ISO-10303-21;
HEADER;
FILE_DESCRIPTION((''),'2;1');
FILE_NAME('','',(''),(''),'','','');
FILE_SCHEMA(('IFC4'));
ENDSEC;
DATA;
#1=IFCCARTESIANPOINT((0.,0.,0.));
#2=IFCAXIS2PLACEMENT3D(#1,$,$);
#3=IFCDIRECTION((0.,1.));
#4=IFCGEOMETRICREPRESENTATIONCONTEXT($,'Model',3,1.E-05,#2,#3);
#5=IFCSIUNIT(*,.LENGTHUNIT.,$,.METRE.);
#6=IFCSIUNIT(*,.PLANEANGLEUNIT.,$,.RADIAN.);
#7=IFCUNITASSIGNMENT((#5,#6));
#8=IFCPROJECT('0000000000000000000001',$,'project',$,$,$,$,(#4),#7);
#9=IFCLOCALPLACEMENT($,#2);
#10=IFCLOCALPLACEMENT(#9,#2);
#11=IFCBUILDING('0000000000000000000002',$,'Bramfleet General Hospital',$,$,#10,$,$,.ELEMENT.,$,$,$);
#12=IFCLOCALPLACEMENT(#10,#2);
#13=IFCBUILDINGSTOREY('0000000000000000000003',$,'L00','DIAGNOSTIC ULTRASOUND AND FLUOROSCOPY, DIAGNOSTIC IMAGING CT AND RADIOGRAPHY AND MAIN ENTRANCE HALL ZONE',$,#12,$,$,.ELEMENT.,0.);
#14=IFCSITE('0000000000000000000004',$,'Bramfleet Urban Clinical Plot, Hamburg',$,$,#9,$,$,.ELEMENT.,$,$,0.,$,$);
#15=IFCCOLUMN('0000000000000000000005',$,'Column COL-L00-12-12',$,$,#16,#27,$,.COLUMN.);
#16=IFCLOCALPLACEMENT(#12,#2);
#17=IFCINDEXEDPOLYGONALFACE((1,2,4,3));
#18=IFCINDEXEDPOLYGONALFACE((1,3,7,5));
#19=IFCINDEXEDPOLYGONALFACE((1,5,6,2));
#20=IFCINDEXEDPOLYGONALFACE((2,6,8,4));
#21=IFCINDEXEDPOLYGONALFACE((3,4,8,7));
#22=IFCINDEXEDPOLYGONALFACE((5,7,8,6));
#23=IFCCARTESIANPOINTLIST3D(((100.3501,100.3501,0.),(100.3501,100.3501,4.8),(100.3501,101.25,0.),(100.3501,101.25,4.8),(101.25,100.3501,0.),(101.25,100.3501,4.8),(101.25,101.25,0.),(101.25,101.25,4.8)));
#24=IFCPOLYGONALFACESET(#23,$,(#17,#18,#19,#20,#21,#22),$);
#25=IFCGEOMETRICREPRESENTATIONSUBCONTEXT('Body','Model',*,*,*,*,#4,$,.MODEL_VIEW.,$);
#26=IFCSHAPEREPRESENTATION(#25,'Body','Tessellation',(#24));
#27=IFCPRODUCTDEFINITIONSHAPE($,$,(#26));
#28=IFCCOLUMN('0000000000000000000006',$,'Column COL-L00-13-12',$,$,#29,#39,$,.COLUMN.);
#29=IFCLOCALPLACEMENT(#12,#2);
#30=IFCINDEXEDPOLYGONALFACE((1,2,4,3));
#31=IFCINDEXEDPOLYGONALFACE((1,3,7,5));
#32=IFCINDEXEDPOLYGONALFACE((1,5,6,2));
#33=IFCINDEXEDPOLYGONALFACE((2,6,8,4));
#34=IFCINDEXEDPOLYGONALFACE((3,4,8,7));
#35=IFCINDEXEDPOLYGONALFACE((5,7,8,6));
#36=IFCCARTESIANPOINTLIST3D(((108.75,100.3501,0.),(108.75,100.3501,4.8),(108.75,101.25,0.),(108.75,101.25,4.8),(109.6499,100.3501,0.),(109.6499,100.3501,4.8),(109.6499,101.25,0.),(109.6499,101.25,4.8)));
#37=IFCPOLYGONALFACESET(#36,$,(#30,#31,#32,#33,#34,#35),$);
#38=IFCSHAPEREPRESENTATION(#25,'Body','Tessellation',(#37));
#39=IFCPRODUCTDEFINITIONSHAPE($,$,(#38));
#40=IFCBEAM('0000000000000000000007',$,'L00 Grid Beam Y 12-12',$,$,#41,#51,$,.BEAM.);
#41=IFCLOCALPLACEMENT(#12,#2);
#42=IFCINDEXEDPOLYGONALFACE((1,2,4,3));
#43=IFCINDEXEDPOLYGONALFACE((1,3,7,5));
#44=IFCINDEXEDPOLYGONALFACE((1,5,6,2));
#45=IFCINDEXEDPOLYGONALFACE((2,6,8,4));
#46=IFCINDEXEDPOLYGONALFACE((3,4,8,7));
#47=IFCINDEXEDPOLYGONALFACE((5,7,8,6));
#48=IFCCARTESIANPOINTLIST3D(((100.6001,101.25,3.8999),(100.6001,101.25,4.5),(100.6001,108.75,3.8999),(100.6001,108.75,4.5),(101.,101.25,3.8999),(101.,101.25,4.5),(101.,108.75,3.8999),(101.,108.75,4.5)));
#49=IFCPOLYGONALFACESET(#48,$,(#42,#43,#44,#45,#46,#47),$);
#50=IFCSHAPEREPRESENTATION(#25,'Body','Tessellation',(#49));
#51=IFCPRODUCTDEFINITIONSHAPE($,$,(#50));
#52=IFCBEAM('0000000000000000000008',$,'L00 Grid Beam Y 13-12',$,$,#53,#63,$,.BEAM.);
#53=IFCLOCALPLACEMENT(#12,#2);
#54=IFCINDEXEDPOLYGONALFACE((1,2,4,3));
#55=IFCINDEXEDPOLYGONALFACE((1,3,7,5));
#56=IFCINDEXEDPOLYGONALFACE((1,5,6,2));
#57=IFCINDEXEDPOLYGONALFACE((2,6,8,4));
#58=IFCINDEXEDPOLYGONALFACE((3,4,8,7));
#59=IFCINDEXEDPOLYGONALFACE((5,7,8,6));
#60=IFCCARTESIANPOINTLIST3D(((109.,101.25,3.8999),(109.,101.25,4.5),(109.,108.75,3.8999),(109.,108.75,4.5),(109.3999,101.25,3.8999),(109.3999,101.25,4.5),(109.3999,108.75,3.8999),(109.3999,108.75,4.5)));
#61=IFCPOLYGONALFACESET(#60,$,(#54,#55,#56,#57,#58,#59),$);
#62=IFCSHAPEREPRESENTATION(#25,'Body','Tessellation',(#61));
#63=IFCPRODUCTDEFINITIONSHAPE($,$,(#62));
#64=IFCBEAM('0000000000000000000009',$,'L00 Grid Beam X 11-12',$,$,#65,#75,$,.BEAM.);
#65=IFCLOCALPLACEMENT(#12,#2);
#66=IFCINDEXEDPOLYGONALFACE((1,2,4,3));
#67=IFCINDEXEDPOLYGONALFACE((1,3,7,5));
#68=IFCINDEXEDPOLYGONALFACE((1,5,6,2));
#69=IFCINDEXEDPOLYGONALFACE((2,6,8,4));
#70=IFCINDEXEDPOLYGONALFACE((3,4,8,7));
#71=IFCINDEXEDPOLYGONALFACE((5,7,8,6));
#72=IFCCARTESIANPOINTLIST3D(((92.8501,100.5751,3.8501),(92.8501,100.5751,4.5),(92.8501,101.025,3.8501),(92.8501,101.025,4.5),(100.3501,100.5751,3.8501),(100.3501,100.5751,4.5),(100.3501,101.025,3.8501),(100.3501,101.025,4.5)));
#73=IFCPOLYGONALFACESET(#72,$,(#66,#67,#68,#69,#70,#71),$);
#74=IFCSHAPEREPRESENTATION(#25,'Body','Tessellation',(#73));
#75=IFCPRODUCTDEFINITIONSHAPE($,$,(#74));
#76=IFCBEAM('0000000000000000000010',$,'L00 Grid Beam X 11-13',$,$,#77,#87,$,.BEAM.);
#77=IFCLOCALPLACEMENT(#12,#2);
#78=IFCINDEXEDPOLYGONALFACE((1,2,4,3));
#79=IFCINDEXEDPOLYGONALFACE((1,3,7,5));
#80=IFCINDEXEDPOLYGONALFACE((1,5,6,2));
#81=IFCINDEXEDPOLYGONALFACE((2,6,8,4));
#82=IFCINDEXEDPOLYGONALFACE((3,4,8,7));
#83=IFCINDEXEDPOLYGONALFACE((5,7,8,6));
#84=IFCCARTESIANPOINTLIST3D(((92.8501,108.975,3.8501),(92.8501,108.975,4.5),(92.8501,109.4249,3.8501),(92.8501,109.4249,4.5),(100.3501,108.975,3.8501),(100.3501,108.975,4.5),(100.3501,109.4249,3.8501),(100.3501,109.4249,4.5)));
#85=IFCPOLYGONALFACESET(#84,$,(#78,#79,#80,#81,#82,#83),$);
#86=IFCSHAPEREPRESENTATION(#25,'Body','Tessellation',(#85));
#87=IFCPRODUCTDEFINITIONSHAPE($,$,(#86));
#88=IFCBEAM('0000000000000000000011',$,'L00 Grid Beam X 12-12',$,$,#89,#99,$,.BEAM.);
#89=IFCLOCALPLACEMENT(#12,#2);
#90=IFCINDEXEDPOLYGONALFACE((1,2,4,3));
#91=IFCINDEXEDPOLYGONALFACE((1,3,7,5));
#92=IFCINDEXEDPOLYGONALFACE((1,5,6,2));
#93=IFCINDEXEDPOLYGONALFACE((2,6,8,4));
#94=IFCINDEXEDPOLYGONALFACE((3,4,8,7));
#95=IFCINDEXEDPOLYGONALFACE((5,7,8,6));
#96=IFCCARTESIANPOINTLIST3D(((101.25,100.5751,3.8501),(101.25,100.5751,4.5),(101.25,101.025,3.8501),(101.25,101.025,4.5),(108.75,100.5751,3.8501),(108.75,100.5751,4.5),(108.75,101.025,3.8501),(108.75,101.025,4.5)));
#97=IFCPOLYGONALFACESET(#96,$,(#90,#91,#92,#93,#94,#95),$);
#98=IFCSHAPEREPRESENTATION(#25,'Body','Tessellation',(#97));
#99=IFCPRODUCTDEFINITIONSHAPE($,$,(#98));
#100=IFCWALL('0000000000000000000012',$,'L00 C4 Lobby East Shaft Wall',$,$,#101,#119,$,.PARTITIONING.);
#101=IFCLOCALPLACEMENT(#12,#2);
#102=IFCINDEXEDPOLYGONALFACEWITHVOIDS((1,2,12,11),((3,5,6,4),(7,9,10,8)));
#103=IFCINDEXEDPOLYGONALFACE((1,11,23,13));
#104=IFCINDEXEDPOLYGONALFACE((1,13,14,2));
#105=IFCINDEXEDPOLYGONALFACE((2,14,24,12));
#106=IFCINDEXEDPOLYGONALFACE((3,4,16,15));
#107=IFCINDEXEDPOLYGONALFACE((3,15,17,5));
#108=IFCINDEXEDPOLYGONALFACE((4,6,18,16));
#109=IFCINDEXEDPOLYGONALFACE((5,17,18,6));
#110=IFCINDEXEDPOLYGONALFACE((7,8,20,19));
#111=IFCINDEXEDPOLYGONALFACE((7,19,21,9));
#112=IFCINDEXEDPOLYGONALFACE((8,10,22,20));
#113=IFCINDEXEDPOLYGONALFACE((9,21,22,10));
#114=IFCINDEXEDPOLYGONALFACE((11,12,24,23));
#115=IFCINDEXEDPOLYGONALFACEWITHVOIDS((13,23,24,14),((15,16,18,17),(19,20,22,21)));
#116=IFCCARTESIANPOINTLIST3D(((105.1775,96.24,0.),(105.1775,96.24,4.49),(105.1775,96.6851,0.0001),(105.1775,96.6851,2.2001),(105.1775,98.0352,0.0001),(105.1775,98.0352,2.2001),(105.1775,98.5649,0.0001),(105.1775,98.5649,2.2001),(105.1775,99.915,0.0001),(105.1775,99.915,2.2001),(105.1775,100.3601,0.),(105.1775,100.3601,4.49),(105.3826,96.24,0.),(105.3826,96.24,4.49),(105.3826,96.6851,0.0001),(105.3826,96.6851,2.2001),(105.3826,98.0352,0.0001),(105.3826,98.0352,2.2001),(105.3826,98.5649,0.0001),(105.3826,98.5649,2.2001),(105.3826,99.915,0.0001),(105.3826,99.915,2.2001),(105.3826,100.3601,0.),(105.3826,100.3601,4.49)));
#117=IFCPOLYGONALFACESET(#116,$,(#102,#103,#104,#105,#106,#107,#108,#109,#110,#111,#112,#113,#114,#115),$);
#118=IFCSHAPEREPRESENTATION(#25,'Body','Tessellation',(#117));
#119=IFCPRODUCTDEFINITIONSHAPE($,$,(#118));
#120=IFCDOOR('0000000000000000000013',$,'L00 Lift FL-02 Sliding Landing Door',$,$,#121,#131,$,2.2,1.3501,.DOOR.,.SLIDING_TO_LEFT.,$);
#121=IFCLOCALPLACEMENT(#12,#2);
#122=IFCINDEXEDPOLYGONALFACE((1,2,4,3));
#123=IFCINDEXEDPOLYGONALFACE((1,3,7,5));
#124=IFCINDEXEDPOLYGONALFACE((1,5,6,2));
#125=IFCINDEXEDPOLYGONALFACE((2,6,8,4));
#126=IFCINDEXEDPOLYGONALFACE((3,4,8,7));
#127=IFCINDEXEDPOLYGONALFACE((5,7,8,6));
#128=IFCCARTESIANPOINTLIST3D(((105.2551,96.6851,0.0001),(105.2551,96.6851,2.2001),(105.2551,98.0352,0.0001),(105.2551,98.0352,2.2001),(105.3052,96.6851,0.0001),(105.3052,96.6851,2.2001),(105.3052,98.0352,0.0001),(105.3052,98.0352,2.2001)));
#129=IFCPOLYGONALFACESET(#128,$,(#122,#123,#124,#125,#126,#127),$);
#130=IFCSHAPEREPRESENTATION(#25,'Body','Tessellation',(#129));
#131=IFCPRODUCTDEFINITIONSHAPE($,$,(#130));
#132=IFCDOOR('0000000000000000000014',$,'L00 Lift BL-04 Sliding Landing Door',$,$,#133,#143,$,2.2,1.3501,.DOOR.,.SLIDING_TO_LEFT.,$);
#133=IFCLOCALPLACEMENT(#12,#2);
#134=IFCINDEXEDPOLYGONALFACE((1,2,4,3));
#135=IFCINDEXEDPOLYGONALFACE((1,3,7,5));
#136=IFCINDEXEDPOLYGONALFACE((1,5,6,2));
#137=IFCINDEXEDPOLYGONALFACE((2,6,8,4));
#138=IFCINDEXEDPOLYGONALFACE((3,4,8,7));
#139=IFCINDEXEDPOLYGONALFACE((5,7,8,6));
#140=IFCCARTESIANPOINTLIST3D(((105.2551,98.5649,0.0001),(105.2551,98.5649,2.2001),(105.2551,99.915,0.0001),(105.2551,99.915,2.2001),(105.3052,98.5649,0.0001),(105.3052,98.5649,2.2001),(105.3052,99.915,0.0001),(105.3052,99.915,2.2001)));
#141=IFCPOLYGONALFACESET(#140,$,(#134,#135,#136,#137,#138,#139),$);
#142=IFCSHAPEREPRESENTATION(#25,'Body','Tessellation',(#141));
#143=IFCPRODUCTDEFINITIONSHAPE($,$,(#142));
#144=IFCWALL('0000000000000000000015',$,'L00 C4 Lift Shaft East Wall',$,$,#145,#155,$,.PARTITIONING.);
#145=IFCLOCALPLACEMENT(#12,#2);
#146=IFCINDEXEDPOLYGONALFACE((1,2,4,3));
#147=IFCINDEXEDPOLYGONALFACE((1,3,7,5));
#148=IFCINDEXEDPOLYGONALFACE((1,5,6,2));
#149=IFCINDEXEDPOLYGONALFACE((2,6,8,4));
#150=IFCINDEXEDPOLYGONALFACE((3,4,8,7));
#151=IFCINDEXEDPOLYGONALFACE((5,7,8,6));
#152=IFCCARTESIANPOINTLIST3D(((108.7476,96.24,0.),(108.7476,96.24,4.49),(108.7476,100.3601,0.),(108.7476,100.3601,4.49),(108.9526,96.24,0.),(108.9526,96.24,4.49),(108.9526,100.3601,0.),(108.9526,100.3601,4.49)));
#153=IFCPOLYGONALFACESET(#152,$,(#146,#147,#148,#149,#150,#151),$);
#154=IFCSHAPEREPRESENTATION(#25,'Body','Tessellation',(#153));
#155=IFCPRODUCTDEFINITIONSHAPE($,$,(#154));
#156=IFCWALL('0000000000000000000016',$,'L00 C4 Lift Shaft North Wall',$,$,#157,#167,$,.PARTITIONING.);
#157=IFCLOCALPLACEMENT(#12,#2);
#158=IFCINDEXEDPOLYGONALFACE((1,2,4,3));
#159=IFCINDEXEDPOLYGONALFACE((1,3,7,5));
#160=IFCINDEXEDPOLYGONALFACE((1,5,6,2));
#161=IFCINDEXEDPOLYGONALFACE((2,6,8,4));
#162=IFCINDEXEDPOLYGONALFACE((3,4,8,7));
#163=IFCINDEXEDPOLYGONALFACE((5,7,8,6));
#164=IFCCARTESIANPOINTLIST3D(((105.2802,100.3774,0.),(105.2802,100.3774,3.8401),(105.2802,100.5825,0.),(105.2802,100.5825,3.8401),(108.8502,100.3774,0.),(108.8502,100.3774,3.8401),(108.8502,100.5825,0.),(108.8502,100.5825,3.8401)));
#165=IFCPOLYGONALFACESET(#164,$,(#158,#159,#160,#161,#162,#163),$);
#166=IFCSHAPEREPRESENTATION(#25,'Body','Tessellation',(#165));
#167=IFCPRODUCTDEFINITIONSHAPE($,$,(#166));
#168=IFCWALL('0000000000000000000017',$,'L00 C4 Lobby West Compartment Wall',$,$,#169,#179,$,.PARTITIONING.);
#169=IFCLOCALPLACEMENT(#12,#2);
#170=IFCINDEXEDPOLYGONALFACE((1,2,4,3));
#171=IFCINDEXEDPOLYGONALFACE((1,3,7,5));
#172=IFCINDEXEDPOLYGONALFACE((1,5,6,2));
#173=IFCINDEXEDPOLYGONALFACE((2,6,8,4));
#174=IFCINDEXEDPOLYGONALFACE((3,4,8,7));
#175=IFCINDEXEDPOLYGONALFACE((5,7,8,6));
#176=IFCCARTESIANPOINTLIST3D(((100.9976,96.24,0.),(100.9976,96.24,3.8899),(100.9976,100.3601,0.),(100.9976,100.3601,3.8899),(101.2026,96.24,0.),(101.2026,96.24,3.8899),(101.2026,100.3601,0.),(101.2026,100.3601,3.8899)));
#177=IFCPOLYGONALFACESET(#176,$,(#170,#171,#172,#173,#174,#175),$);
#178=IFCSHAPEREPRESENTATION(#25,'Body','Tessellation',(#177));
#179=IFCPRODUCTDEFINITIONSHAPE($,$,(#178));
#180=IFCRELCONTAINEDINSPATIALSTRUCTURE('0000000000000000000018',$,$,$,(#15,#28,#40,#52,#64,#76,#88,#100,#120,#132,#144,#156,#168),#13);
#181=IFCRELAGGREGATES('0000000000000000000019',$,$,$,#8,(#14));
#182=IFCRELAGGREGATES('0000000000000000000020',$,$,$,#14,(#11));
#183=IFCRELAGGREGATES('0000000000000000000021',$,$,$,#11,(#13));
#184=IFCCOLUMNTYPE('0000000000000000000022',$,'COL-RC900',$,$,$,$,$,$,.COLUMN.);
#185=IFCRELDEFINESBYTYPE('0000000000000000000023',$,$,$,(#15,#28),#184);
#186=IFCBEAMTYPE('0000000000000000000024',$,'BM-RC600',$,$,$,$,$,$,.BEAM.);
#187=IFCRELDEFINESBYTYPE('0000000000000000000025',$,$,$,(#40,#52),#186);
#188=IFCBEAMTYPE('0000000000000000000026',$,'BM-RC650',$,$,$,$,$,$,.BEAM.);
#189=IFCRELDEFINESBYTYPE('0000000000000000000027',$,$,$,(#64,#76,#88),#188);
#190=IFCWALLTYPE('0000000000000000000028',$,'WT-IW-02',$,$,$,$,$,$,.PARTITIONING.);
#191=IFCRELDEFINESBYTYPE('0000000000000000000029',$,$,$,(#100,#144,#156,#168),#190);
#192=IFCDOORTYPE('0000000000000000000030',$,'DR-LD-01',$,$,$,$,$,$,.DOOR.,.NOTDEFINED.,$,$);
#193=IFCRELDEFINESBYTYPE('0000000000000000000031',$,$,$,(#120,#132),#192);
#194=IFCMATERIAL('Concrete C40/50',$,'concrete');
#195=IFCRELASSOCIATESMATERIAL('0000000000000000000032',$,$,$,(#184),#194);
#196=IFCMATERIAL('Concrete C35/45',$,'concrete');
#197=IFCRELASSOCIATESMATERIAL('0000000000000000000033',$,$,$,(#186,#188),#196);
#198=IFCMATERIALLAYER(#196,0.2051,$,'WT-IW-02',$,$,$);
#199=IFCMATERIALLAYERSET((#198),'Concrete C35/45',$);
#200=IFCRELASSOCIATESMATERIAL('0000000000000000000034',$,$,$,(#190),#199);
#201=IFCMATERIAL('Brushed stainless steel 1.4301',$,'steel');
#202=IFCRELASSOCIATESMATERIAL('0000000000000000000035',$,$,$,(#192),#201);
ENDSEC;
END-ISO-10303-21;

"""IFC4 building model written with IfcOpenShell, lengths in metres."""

from ifc_helpers import new_model, si_unit, direction, frame, frame_2d, origin, origin_2d, place, context, subcontext, project, spatial, rectangle, extrude, material, layer, layer_set, material_profile, profile_set, type_object, element, fill, save


model = new_model("IFC4")

# Units and contexts
model_context = context("Model", 3, precision=1e-05, world=origin(), true_north=direction((0.0, 1.0)))
body_context = subcontext(model_context, "Body", "Model", "MODEL_VIEW")
ifc_project = project(units=[si_unit("LENGTHUNIT", "METRE"), si_unit("PLANEANGLEUNIT", "RADIAN")], contexts=[model_context])

# Site, building, storey
site_placement = place(None, origin())
site = spatial("IfcSite", under=ifc_project, at=site_placement, Name="Bramfleet Urban Clinical Plot, Hamburg", CompositionType="ELEMENT", RefElevation=0.0)
building_placement = place(site_placement, origin())
building = spatial("IfcBuilding", under=site, at=building_placement, Name="Bramfleet General Hospital", CompositionType="ELEMENT")
storey_placement = place(building_placement, origin())
storey = spatial("IfcBuildingStorey", under=building, at=storey_placement, Name="L00", Description="DIAGNOSTIC ULTRASOUND AND FLUOROSCOPY, DIAGNOSTIC IMAGING CT AND RADIOGRAPHY AND MAIN ENTRANCE HALL ZONE", CompositionType="ELEMENT", Elevation=0.0)

# Columns
ifc_material_1 = material(Name="Concrete C40/50", Category="concrete")
ifc_material_profile_1 = material_profile(ifc_material_1, rectangle(XDim=0.8999, YDim=0.8999, at=origin_2d()), Name="RC COL 900x900")
ifc_profile_set_1 = profile_set([ifc_material_profile_1], Name="Concrete C40/50")
column_type = type_object("IfcColumnType", Name="COL-RC900", PredefinedType="COLUMN", material=ifc_profile_set_1)
for number, where, z_axis, x_axis, name in (
    (1, (100.8, 100.8, 0.0), (0.0, 0.0, 1.0), (1.0, 0.0, 0.0), "Column COL-L00-12-12"),
    (2, (109.2, 100.8, 0.0), (0.0, 0.0, 1.0), (1.0, 0.0, 0.0), "Column COL-L00-13-12"),
):
    element("IfcColumn", number, at=place(storey_placement, frame(where, z_axis=z_axis, x_axis=x_axis)), inside=storey, type_object=column_type, Name=name, PredefinedType="COLUMN", context=body_context, shape_type="SweptSolid", body=[
        extrude(rectangle(XDim=0.8999, YDim=0.8999, at=origin_2d()), origin(), (0.0, 0.0, 1.0), 4.8),
    ])

# Beams
ifc_material_2 = material(Name="Concrete C35/45", Category="concrete")
ifc_material_profile_2 = material_profile(ifc_material_2, rectangle(XDim=0.3999, YDim=0.6001, at=origin_2d()), Name="RC BM 600x400")
ifc_profile_set_2 = profile_set([ifc_material_profile_2], Name="Concrete C35/45")
beam_type_1 = type_object("IfcBeamType", Name="BM-RC600", PredefinedType="BEAM", material=ifc_profile_set_2)
for number, where, z_axis, x_axis, name in (
    (3, (100.8, 101.25, 4.2), (0.0, 1.0, 0.0), (-1.0, 0.0, 0.0), "L00 Grid Beam Y 12-12"),
    (4, (109.2, 101.25, 4.2), (0.0, 1.0, 0.0), (-1.0, 0.0, 0.0), "L00 Grid Beam Y 13-12"),
):
    element("IfcBeam", number, at=place(storey_placement, frame(where, z_axis=z_axis, x_axis=x_axis)), inside=storey, type_object=beam_type_1, Name=name, PredefinedType="BEAM", context=body_context, shape_type="SweptSolid", body=[
        extrude(rectangle(XDim=0.3999, YDim=0.6001, at=origin_2d()), origin(), (0.0, 0.0, 1.0), 7.5),
    ])
ifc_material_profile_3 = material_profile(ifc_material_2, rectangle(XDim=0.45, YDim=0.6499, at=origin_2d()), Name="RC BM 650x450")
ifc_profile_set_3 = profile_set([ifc_material_profile_3], Name="Concrete C35/45")
beam_type_2 = type_object("IfcBeamType", Name="BM-RC650", PredefinedType="BEAM", material=ifc_profile_set_3)
for number, where, z_axis, x_axis, name in (
    (5, (92.8501, 100.8, 4.175), (1.0, 0.0, 0.0), (0.0, 1.0, 0.0), "L00 Grid Beam X 11-12"),
    (6, (92.8501, 109.2, 4.175), (1.0, 0.0, 0.0), (0.0, 1.0, 0.0), "L00 Grid Beam X 11-13"),
    (7, (101.25, 100.8, 4.175), (1.0, 0.0, 0.0), (0.0, 1.0, 0.0), "L00 Grid Beam X 12-12"),
):
    element("IfcBeam", number, at=place(storey_placement, frame(where, z_axis=z_axis, x_axis=x_axis)), inside=storey, type_object=beam_type_2, Name=name, PredefinedType="BEAM", context=body_context, shape_type="SweptSolid", body=[
        extrude(rectangle(XDim=0.45, YDim=0.6499, at=origin_2d()), origin(), (0.0, 0.0, 1.0), 7.5),
    ])

# Wall, openings, doors
ifc_layer_1 = layer(ifc_material_2, 0.2051, Name="WT-IW-02")
ifc_layer_set_1 = layer_set([ifc_layer_1], Name="Concrete C35/45")
wall_type_1 = type_object("IfcWallType", Name="WT-IW-02", PredefinedType="PARTITIONING", material=ifc_layer_set_1)
wall_1_placement = place(storey_placement, frame((105.28, 96.24, 0.0), z_axis=(0.0, 0.0, 1.0), x_axis=(0.0, 1.0, 0.0)))
wall_1 = element("IfcWall", 8, at=wall_1_placement, inside=storey, type_object=wall_type_1, Name="L00 C4 Lobby East Shaft Wall", PredefinedType="PARTITIONING", context=body_context, shape_type="SweptSolid", body=[
    extrude(rectangle(XDim=4.1201, YDim=0.2051, at=frame_2d((2.0601, 0.0))), origin(), (0.0, 0.0, 1.0), 4.49),
])
opening_1_placement = place(wall_1_placement, frame((0.4451, 0.0, 0.0)))
opening_1 = element("IfcOpeningElement", 9, at=opening_1_placement, cuts=wall_1, PredefinedType="OPENING", context=body_context, shape_type="SweptSolid", body=[
    extrude(rectangle(XDim=1.3501, YDim=2.2, at=frame_2d((0.675, 1.1001))), frame((0.0, 0.1125, 0.0), z_axis=(0.0, -1.0, 0.0), x_axis=(1.0, 0.0, 0.0)), (0.0, 0.0, 1.0), 0.2251),
])
opening_2_placement = place(wall_1_placement, frame((2.325, 0.0, 0.0)))
opening_2 = element("IfcOpeningElement", 10, at=opening_2_placement, cuts=wall_1, PredefinedType="OPENING", context=body_context, shape_type="SweptSolid", body=[
    extrude(rectangle(XDim=1.3501, YDim=2.2, at=frame_2d((0.675, 1.1001))), frame((0.0, 0.1125, 0.0), z_axis=(0.0, -1.0, 0.0), x_axis=(1.0, 0.0, 0.0)), (0.0, 0.0, 1.0), 0.2251),
])
ifc_material_3 = material(Name="Brushed stainless steel 1.4301", Category="steel")
door_type_1 = type_object("IfcDoorType", Name="DR-LD-01", OperationType="NOTDEFINED", PredefinedType="DOOR", material=ifc_material_3)
door_1_placement = place(opening_1_placement, origin())
door_1 = element("IfcDoor", 11, at=door_1_placement, inside=storey, type_object=door_type_1, Name="L00 Lift FL-02 Sliding Landing Door", OperationType="SLIDING_TO_LEFT", OverallHeight=2.2, OverallWidth=1.3501, PredefinedType="DOOR", context=body_context, shape_type="SweptSolid", body=[
    extrude(rectangle(XDim=1.3501, YDim=2.2, at=frame_2d((0.675, 1.1001))), frame((0.0, 0.0249, 0.0), z_axis=(0.0, -1.0, 0.0), x_axis=(1.0, 0.0, 0.0)), (0.0, 0.0, 1.0), 0.05),
])
fill(opening_1, door_1)
door_2_placement = place(opening_2_placement, origin())
door_2 = element("IfcDoor", 12, at=door_2_placement, inside=storey, type_object=door_type_1, Name="L00 Lift BL-04 Sliding Landing Door", OperationType="SLIDING_TO_LEFT", OverallHeight=2.2, OverallWidth=1.3501, PredefinedType="DOOR", context=body_context, shape_type="SweptSolid", body=[
    extrude(rectangle(XDim=1.3501, YDim=2.2, at=frame_2d((0.675, 1.1001))), frame((0.0, 0.0249, 0.0), z_axis=(0.0, -1.0, 0.0), x_axis=(1.0, 0.0, 0.0)), (0.0, 0.0, 1.0), 0.05),
])
fill(opening_2, door_2)

# Walls
wall_2_placement = place(storey_placement, frame((108.8501, 96.24, 0.0), z_axis=(0.0, 0.0, 1.0), x_axis=(0.0, 1.0, 0.0)))
element("IfcWall", 13, at=wall_2_placement, inside=storey, type_object=wall_type_1, Name="L00 C4 Lift Shaft East Wall", PredefinedType="PARTITIONING", context=body_context, shape_type="SweptSolid", body=[
    extrude(rectangle(XDim=4.1201, YDim=0.2051, at=frame_2d((2.0601, 0.0))), origin(), (0.0, 0.0, 1.0), 4.49),
])
wall_3_placement = place(storey_placement, frame((105.28, 100.48, 0.0), z_axis=(0.0, 0.0, 1.0), x_axis=(1.0, 0.0, 0.0)))
element("IfcWall", 14, at=wall_3_placement, inside=storey, type_object=wall_type_1, Name="L00 C4 Lift Shaft North Wall", PredefinedType="PARTITIONING", context=body_context, shape_type="SweptSolid", body=[
    extrude(rectangle(XDim=3.5701, YDim=0.2051, at=frame_2d((1.7852, 0.0))), origin(), (0.0, 0.0, 1.0), 3.8401),
])
wall_4_placement = place(storey_placement, frame((101.1001, 96.24, 0.0), z_axis=(0.0, 0.0, 1.0), x_axis=(0.0, 1.0, 0.0)))
element("IfcWall", 15, at=wall_4_placement, inside=storey, type_object=wall_type_1, Name="L00 C4 Lobby West Compartment Wall", PredefinedType="PARTITIONING", context=body_context, shape_type="SweptSolid", body=[
    extrude(rectangle(XDim=4.1201, YDim=0.2051, at=frame_2d((2.0601, 0.0))), origin(), (0.0, 0.0, 1.0), 3.8899),
])

save(model, "model.ifc")
